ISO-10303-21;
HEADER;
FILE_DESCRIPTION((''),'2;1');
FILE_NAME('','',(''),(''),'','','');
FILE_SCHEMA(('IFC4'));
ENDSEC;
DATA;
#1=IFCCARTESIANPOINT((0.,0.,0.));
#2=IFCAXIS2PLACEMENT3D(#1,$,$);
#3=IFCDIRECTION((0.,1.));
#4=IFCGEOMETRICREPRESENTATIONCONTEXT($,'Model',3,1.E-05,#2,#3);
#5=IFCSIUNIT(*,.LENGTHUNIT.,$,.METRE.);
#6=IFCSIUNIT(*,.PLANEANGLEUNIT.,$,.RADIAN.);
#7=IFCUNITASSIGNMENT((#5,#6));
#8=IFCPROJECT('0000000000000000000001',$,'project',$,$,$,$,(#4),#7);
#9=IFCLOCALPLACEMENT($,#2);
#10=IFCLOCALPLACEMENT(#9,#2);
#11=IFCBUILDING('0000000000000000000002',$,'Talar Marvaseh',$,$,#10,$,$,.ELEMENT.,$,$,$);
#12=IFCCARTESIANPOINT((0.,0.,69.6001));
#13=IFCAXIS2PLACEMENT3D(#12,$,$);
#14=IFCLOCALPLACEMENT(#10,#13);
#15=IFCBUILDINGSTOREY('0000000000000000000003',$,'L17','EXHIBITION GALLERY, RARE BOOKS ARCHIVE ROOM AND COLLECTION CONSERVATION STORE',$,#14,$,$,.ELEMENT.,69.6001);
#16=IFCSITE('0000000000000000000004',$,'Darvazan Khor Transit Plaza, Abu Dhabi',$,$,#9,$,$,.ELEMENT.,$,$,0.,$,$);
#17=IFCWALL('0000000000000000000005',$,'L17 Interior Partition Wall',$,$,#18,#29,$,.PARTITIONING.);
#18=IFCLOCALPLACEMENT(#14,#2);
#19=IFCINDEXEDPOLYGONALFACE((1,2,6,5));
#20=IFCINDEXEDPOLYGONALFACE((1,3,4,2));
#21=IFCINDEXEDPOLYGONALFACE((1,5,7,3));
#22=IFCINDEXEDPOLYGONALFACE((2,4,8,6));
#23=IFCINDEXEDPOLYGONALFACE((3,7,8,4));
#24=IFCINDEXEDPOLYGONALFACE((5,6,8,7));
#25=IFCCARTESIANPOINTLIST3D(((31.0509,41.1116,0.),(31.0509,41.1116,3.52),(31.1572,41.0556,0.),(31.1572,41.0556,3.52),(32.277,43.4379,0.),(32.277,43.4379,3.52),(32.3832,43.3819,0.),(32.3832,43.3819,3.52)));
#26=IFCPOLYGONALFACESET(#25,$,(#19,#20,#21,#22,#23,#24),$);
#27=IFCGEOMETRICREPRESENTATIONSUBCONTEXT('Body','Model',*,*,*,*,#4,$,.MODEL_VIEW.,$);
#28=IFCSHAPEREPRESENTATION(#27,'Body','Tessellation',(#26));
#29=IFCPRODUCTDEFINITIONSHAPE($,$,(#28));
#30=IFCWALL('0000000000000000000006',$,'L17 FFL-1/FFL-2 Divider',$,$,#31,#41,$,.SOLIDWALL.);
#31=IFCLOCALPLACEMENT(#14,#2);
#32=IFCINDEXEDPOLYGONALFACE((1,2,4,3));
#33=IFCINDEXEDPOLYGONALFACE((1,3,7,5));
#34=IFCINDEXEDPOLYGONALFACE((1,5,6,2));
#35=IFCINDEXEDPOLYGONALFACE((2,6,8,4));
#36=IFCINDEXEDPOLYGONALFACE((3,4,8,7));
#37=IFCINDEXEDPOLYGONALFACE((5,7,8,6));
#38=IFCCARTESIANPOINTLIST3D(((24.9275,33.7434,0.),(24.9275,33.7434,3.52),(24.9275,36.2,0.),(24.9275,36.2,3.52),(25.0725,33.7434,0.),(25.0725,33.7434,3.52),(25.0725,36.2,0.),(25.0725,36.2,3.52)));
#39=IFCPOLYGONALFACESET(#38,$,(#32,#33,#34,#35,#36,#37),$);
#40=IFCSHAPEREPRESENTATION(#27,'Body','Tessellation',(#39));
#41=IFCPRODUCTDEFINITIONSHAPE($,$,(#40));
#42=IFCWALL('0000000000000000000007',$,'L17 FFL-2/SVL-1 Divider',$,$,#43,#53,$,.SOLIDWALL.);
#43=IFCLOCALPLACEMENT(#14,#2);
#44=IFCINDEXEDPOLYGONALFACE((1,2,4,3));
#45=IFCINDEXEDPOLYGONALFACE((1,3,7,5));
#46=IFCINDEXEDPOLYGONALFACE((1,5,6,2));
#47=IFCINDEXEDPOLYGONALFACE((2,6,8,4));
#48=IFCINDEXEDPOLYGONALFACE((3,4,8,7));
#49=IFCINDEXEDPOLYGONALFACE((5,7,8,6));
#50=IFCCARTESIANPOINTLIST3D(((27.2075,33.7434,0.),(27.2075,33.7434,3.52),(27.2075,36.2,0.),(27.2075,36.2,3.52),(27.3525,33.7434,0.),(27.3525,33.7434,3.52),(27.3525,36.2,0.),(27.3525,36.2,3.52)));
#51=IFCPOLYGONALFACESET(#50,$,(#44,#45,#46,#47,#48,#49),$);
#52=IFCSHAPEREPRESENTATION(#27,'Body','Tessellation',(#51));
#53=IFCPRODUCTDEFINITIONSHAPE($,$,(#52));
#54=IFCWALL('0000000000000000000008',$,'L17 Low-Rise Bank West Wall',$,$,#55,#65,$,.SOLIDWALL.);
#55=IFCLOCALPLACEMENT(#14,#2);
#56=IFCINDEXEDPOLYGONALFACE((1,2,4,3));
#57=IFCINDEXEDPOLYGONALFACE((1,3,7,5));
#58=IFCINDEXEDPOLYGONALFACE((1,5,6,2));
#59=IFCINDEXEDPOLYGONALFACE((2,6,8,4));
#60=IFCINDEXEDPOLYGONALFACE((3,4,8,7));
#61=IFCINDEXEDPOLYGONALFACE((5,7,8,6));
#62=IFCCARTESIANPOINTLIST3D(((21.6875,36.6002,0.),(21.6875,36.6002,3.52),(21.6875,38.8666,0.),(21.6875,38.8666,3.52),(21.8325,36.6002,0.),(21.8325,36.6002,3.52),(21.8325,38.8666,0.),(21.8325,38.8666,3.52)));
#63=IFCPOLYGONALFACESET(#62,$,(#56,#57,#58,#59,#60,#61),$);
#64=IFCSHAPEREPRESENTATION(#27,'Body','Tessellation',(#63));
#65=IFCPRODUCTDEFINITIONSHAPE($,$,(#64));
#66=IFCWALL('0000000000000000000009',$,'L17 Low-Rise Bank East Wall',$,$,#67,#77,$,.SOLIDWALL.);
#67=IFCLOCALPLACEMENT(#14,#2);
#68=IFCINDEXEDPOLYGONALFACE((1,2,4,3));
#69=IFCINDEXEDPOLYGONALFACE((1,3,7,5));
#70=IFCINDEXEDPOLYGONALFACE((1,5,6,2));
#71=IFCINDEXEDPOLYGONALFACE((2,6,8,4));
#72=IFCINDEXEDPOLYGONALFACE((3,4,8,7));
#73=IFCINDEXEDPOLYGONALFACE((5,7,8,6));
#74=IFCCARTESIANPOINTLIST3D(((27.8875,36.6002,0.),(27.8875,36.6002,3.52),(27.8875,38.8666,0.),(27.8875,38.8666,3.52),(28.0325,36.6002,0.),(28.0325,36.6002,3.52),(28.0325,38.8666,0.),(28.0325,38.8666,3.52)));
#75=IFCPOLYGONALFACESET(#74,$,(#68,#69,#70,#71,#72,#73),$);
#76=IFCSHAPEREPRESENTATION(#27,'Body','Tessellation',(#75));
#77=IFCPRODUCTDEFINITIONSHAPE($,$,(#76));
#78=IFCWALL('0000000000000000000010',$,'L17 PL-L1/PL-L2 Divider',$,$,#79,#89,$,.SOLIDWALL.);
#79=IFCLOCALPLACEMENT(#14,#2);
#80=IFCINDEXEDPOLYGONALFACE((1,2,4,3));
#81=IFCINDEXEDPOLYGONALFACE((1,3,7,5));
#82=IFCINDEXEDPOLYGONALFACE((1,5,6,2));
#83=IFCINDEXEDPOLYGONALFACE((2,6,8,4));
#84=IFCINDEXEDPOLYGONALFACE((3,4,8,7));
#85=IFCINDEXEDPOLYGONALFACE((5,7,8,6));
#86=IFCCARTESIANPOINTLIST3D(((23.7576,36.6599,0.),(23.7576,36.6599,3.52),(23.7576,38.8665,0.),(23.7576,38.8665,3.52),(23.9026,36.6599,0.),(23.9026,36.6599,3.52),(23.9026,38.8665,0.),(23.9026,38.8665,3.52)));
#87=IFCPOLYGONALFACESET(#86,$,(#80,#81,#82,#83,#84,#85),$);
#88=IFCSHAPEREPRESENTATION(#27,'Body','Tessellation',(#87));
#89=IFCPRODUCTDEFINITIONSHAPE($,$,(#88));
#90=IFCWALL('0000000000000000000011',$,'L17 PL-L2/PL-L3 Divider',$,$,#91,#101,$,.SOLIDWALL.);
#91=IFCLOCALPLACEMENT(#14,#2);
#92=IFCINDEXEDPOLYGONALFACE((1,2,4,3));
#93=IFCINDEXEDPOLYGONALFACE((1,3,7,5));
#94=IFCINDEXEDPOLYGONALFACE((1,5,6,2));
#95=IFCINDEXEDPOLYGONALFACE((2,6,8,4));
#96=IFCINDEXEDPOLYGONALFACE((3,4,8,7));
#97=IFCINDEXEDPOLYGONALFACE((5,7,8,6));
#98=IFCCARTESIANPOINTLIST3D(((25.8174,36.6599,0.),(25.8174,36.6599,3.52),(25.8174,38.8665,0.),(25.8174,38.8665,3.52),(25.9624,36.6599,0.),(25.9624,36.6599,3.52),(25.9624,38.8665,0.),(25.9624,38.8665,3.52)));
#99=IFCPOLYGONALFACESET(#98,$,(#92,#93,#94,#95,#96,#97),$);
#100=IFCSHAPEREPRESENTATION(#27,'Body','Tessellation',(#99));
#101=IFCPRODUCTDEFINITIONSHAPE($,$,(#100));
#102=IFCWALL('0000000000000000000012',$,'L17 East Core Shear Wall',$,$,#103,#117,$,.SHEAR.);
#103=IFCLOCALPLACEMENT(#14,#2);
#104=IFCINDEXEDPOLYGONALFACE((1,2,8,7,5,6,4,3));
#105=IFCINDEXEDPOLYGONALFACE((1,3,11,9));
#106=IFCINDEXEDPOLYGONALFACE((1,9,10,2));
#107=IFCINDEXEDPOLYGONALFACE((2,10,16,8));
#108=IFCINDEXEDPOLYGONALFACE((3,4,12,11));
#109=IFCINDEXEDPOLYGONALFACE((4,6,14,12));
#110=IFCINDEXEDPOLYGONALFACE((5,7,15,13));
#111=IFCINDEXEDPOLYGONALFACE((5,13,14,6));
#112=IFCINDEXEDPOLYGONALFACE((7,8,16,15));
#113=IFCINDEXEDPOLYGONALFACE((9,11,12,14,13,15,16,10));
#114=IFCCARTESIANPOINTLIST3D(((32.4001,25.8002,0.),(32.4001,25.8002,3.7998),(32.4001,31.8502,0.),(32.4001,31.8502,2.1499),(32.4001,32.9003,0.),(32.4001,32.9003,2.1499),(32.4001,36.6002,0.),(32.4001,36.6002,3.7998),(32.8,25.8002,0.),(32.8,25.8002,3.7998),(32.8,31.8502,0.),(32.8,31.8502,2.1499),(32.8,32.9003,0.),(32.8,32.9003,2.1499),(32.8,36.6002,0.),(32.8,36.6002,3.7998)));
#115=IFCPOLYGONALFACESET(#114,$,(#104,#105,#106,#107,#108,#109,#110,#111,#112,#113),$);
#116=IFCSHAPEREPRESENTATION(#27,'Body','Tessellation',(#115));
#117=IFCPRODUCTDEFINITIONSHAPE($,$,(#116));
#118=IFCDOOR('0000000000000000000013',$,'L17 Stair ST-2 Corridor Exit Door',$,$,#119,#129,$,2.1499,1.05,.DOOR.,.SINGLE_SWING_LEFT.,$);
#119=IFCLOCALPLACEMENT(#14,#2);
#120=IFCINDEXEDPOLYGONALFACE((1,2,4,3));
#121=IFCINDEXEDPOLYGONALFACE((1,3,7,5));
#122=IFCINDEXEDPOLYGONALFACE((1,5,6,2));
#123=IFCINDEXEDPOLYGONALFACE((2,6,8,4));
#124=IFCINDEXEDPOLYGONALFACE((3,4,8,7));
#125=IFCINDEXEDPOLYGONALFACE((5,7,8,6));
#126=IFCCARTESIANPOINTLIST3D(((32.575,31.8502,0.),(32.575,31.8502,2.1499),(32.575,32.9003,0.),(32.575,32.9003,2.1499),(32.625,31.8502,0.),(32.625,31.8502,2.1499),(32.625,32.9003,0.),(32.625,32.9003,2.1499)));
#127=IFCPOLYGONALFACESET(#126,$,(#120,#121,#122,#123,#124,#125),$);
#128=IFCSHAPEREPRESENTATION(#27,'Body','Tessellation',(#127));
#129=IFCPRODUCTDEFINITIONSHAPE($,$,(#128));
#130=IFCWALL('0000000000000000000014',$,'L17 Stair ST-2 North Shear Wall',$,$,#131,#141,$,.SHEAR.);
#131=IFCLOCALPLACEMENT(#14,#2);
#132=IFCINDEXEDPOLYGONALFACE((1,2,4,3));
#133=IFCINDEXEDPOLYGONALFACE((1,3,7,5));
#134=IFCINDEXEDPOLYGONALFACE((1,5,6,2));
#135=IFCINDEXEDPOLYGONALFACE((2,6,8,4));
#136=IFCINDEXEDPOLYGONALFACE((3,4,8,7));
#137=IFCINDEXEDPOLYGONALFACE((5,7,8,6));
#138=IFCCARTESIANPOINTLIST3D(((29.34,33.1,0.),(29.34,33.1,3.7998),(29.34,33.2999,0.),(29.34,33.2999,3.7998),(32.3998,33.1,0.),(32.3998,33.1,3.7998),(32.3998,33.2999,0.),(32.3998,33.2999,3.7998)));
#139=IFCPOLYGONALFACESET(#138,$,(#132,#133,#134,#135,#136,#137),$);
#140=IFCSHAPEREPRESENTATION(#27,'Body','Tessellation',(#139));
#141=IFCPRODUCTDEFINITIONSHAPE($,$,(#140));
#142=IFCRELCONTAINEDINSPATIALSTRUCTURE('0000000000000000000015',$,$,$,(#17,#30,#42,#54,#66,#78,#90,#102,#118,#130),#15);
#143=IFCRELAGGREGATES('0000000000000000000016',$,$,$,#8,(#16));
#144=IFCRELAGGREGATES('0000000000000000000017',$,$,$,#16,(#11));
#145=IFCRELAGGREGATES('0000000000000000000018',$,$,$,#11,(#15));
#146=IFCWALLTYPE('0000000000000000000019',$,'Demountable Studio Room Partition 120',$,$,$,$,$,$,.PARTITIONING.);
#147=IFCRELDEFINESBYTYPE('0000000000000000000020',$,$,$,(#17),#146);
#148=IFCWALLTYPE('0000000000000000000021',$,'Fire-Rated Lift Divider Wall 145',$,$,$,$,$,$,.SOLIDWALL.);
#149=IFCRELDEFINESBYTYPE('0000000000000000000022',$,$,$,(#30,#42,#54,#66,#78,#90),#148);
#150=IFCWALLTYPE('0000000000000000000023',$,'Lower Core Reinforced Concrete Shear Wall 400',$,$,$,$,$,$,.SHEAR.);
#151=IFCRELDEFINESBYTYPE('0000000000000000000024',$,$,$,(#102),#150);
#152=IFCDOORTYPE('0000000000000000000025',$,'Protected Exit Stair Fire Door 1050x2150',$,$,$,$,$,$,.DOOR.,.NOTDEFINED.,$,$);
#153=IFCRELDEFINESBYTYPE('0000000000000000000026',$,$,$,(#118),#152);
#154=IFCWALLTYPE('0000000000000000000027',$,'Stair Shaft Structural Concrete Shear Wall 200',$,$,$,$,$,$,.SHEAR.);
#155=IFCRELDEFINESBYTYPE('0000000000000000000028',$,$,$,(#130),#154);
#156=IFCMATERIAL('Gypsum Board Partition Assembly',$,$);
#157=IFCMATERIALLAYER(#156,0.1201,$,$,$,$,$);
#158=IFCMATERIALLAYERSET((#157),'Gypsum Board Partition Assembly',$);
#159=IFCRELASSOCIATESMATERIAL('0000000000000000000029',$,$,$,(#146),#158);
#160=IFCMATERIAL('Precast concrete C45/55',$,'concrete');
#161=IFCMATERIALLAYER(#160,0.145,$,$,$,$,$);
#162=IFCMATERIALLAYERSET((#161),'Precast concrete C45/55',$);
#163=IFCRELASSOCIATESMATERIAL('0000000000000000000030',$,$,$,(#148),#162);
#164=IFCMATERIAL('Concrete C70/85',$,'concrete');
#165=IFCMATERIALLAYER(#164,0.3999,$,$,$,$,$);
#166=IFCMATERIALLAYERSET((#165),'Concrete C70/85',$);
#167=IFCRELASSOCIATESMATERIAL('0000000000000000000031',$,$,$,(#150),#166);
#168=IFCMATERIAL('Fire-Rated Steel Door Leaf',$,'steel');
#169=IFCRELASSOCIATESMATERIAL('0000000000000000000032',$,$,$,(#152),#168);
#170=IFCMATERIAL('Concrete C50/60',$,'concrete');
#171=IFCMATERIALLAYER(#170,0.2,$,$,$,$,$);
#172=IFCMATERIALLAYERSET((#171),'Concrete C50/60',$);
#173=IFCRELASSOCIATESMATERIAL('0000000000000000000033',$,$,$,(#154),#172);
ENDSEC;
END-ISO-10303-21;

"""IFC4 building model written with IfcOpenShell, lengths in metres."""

from ifc_helpers import new_model, si_unit, direction, frame, frame_2d, origin, place, context, subcontext, project, spatial, rectangle, extrude, source, transform, mapped, material, layer, layer_set, type_object, type_shapes, element, fill, save


model = new_model("IFC4")

# Units and contexts
model_context = context("Model", 3, precision=1e-05, world=origin(), true_north=direction((0.0, 1.0)))
body_context = subcontext(model_context, "Body", "Model", "MODEL_VIEW")
ifc_project = project(units=[si_unit("LENGTHUNIT", "METRE"), si_unit("PLANEANGLEUNIT", "RADIAN")], contexts=[model_context])

# Site, building, storey
site_placement = place(None, origin())
site = spatial("IfcSite", under=ifc_project, at=site_placement, Name="Darvazan Khor Transit Plaza, Abu Dhabi", CompositionType="ELEMENT", RefElevation=0.0)
building_placement = place(site_placement, origin())
building = spatial("IfcBuilding", under=site, at=building_placement, Name="Talar Marvaseh", CompositionType="ELEMENT")
storey_placement = place(building_placement, frame((0.0, 0.0, 69.6001)))
storey = spatial("IfcBuildingStorey", under=building, at=storey_placement, Name="L17", Description="EXHIBITION GALLERY, RARE BOOKS ARCHIVE ROOM AND COLLECTION CONSERVATION STORE", CompositionType="ELEMENT", Elevation=69.6001)

# Shared definitions
ifc_material_1 = material(Name="Concrete C70/85", Category="concrete")

# Shared definitions
ifc_material_2 = material(Name="Gypsum Board Partition Assembly")

# Walls
ifc_layer_1 = layer(ifc_material_2, 0.1201)
ifc_layer_set_1 = layer_set([ifc_layer_1], Name="Gypsum Board Partition Assembly")
wall_type_1 = type_object("IfcWallType", Name="Demountable Studio Room Partition 120", PredefinedType="PARTITIONING", material=ifc_layer_set_1)
wall_1_placement = place(storey_placement, frame((31.104, 41.0835, 0.0), z_axis=(0.0, 0.0, 1.0), x_axis=(0.466236, 0.88466, 0.0)))
element("IfcWall", 1, at=wall_1_placement, inside=storey, type_object=wall_type_1, Name="L17 Interior Partition Wall", PredefinedType="PARTITIONING", context=body_context, shape_type="SweptSolid", body=[
    extrude(rectangle(XDim=2.6296, YDim=0.1201, at=frame_2d((1.3149, 0.0))), origin(), (0.0, 0.0, 1.0), 3.52),
])
ifc_material_3 = material(Name="Precast concrete C45/55", Category="concrete")
ifc_layer_2 = layer(ifc_material_3, 0.145)
ifc_layer_set_2 = layer_set([ifc_layer_2], Name="Precast concrete C45/55")
wall_type_2 = type_object("IfcWallType", Name="Fire-Rated Lift Divider Wall 145", PredefinedType="SOLIDWALL", material=ifc_layer_set_2)
for number, where, z_axis, x_axis, name in (
    (2, (25.0, 33.7434, 0.0), (0.0, 0.0, 1.0), (0.0, 1.0, 0.0), "L17 FFL-1/FFL-2 Divider"),
    (3, (27.28, 33.7434, 0.0), (0.0, 0.0, 1.0), (0.0, 1.0, 0.0), "L17 FFL-2/SVL-1 Divider"),
):
    element("IfcWall", number, at=place(storey_placement, frame(where, z_axis=z_axis, x_axis=x_axis)), inside=storey, type_object=wall_type_2, Name=name, PredefinedType="SOLIDWALL", context=body_context, shape_type="SweptSolid", body=[
        extrude(rectangle(XDim=2.4565, YDim=0.145, at=frame_2d((1.2283, 0.0))), origin(), (0.0, 0.0, 1.0), 3.52),
    ])
for number, where, z_axis, x_axis, name in (
    (4, (21.76, 36.6001, 0.0), (0.0, 0.0, 1.0), (0.0, 1.0, 0.0), "L17 Low-Rise Bank West Wall"),
    (5, (27.96, 36.6001, 0.0), (0.0, 0.0, 1.0), (0.0, 1.0, 0.0), "L17 Low-Rise Bank East Wall"),
):
    element("IfcWall", number, at=place(storey_placement, frame(where, z_axis=z_axis, x_axis=x_axis)), inside=storey, type_object=wall_type_2, Name=name, PredefinedType="SOLIDWALL", context=body_context, shape_type="SweptSolid", body=[
        extrude(rectangle(XDim=2.2664, YDim=0.145, at=frame_2d((1.1333, 0.0))), origin(), (0.0, 0.0, 1.0), 3.52),
    ])
for number, where, z_axis, x_axis, name in (
    (6, (23.8301, 36.6599, 0.0), (0.0, 0.0, 1.0), (0.0, 1.0, 0.0), "L17 PL-L1/PL-L2 Divider"),
    (7, (25.8899, 36.6599, 0.0), (0.0, 0.0, 1.0), (0.0, 1.0, 0.0), "L17 PL-L2/PL-L3 Divider"),
):
    element("IfcWall", number, at=place(storey_placement, frame(where, z_axis=z_axis, x_axis=x_axis)), inside=storey, type_object=wall_type_2, Name=name, PredefinedType="SOLIDWALL", context=body_context, shape_type="SweptSolid", body=[
        extrude(rectangle(XDim=2.2065, YDim=0.145, at=frame_2d((1.1033, 0.0))), origin(), (0.0, 0.0, 1.0), 3.52),
    ])

# Wall, opening, door
ifc_layer_3 = layer(ifc_material_1, 0.3999)
ifc_layer_set_3 = layer_set([ifc_layer_3], Name="Concrete C70/85")
wall_type_3 = type_object("IfcWallType", Name="Lower Core Reinforced Concrete Shear Wall 400", PredefinedType="SHEAR", material=ifc_layer_set_3)
wall_2_placement = place(storey_placement, frame((32.6001, 36.6001, 0.0), z_axis=(0.0, 0.0, 1.0), x_axis=(0.0, -1.0, 0.0)))
wall_2 = element("IfcWall", 8, at=wall_2_placement, inside=storey, type_object=wall_type_3, Name="L17 East Core Shear Wall", PredefinedType="SHEAR", context=body_context, shape_type="SweptSolid", body=[
    extrude(rectangle(XDim=10.8, YDim=0.3999, at=frame_2d((5.3999, 0.0))), origin(), (0.0, 0.0, 1.0), 3.7998),
])
opening_1_placement = place(wall_2_placement, frame((3.7, 0.0, 0.0)))
opening_1 = element("IfcOpeningElement", 9, at=opening_1_placement, cuts=wall_2, PredefinedType="OPENING", context=body_context, shape_type="SweptSolid", body=[
    extrude(rectangle(XDim=1.05, YDim=2.1499, at=frame_2d((0.5249, 1.075))), frame((0.0, 0.21, 0.0), z_axis=(0.0, -1.0, 0.0), x_axis=(1.0, 0.0, 0.0)), (0.0, 0.0, 1.0), 0.4199),
])
ifc_material_4 = material(Name="Fire-Rated Steel Door Leaf", Category="steel")
door_type_1 = type_object("IfcDoorType", Name="Protected Exit Stair Fire Door 1050x2150", OperationType="NOTDEFINED", PredefinedType="DOOR", material=ifc_material_4)
shared_shape_1 = source(origin(), body_context, "Body", "SweptSolid", [
    extrude(rectangle(XDim=1.05, YDim=2.1499, at=frame_2d((0.5249, 1.075))), frame((0.0, 0.0249, 0.0), z_axis=(0.0, -1.0, 0.0), x_axis=(1.0, 0.0, 0.0)), (0.0, 0.0, 1.0), 0.05),
])
type_shapes(door_type_1, [shared_shape_1])
door_1_placement = place(opening_1_placement, origin())
door_1 = element("IfcDoor", 10, at=door_1_placement, inside=storey, type_object=door_type_1, Name="L17 Stair ST-2 Corridor Exit Door", OperationType="SINGLE_SWING_LEFT", OverallHeight=2.1499, OverallWidth=1.05, PredefinedType="DOOR", context=body_context, shape_type="MappedRepresentation", body=[
    mapped(shared_shape_1, transform((0.0, 0.0, 0.0), x_axis=(1.0, 0.0, 0.0), y_axis=(0.0, 1.0, 0.0), z_axis=(0.0, 0.0, 1.0), scale=1.0)),
])
fill(opening_1, door_1)

# Wall
ifc_material_5 = material(Name="Concrete C50/60", Category="concrete")
ifc_layer_4 = layer(ifc_material_5, 0.2)
ifc_layer_set_4 = layer_set([ifc_layer_4], Name="Concrete C50/60")
wall_type_4 = type_object("IfcWallType", Name="Stair Shaft Structural Concrete Shear Wall 200", PredefinedType="SHEAR", material=ifc_layer_set_4)
wall_3_placement = place(storey_placement, frame((29.3401, 33.2, 0.0), z_axis=(0.0, 0.0, 1.0), x_axis=(1.0, 0.0, 0.0)))
element("IfcWall", 11, at=wall_3_placement, inside=storey, type_object=wall_type_4, Name="L17 Stair ST-2 North Shear Wall", PredefinedType="SHEAR", context=body_context, shape_type="SweptSolid", body=[
    extrude(rectangle(XDim=3.0598, YDim=0.2, at=frame_2d((1.5298, 0.0))), origin(), (0.0, 0.0, 1.0), 3.7998),
])

save(model, "model.ifc")
